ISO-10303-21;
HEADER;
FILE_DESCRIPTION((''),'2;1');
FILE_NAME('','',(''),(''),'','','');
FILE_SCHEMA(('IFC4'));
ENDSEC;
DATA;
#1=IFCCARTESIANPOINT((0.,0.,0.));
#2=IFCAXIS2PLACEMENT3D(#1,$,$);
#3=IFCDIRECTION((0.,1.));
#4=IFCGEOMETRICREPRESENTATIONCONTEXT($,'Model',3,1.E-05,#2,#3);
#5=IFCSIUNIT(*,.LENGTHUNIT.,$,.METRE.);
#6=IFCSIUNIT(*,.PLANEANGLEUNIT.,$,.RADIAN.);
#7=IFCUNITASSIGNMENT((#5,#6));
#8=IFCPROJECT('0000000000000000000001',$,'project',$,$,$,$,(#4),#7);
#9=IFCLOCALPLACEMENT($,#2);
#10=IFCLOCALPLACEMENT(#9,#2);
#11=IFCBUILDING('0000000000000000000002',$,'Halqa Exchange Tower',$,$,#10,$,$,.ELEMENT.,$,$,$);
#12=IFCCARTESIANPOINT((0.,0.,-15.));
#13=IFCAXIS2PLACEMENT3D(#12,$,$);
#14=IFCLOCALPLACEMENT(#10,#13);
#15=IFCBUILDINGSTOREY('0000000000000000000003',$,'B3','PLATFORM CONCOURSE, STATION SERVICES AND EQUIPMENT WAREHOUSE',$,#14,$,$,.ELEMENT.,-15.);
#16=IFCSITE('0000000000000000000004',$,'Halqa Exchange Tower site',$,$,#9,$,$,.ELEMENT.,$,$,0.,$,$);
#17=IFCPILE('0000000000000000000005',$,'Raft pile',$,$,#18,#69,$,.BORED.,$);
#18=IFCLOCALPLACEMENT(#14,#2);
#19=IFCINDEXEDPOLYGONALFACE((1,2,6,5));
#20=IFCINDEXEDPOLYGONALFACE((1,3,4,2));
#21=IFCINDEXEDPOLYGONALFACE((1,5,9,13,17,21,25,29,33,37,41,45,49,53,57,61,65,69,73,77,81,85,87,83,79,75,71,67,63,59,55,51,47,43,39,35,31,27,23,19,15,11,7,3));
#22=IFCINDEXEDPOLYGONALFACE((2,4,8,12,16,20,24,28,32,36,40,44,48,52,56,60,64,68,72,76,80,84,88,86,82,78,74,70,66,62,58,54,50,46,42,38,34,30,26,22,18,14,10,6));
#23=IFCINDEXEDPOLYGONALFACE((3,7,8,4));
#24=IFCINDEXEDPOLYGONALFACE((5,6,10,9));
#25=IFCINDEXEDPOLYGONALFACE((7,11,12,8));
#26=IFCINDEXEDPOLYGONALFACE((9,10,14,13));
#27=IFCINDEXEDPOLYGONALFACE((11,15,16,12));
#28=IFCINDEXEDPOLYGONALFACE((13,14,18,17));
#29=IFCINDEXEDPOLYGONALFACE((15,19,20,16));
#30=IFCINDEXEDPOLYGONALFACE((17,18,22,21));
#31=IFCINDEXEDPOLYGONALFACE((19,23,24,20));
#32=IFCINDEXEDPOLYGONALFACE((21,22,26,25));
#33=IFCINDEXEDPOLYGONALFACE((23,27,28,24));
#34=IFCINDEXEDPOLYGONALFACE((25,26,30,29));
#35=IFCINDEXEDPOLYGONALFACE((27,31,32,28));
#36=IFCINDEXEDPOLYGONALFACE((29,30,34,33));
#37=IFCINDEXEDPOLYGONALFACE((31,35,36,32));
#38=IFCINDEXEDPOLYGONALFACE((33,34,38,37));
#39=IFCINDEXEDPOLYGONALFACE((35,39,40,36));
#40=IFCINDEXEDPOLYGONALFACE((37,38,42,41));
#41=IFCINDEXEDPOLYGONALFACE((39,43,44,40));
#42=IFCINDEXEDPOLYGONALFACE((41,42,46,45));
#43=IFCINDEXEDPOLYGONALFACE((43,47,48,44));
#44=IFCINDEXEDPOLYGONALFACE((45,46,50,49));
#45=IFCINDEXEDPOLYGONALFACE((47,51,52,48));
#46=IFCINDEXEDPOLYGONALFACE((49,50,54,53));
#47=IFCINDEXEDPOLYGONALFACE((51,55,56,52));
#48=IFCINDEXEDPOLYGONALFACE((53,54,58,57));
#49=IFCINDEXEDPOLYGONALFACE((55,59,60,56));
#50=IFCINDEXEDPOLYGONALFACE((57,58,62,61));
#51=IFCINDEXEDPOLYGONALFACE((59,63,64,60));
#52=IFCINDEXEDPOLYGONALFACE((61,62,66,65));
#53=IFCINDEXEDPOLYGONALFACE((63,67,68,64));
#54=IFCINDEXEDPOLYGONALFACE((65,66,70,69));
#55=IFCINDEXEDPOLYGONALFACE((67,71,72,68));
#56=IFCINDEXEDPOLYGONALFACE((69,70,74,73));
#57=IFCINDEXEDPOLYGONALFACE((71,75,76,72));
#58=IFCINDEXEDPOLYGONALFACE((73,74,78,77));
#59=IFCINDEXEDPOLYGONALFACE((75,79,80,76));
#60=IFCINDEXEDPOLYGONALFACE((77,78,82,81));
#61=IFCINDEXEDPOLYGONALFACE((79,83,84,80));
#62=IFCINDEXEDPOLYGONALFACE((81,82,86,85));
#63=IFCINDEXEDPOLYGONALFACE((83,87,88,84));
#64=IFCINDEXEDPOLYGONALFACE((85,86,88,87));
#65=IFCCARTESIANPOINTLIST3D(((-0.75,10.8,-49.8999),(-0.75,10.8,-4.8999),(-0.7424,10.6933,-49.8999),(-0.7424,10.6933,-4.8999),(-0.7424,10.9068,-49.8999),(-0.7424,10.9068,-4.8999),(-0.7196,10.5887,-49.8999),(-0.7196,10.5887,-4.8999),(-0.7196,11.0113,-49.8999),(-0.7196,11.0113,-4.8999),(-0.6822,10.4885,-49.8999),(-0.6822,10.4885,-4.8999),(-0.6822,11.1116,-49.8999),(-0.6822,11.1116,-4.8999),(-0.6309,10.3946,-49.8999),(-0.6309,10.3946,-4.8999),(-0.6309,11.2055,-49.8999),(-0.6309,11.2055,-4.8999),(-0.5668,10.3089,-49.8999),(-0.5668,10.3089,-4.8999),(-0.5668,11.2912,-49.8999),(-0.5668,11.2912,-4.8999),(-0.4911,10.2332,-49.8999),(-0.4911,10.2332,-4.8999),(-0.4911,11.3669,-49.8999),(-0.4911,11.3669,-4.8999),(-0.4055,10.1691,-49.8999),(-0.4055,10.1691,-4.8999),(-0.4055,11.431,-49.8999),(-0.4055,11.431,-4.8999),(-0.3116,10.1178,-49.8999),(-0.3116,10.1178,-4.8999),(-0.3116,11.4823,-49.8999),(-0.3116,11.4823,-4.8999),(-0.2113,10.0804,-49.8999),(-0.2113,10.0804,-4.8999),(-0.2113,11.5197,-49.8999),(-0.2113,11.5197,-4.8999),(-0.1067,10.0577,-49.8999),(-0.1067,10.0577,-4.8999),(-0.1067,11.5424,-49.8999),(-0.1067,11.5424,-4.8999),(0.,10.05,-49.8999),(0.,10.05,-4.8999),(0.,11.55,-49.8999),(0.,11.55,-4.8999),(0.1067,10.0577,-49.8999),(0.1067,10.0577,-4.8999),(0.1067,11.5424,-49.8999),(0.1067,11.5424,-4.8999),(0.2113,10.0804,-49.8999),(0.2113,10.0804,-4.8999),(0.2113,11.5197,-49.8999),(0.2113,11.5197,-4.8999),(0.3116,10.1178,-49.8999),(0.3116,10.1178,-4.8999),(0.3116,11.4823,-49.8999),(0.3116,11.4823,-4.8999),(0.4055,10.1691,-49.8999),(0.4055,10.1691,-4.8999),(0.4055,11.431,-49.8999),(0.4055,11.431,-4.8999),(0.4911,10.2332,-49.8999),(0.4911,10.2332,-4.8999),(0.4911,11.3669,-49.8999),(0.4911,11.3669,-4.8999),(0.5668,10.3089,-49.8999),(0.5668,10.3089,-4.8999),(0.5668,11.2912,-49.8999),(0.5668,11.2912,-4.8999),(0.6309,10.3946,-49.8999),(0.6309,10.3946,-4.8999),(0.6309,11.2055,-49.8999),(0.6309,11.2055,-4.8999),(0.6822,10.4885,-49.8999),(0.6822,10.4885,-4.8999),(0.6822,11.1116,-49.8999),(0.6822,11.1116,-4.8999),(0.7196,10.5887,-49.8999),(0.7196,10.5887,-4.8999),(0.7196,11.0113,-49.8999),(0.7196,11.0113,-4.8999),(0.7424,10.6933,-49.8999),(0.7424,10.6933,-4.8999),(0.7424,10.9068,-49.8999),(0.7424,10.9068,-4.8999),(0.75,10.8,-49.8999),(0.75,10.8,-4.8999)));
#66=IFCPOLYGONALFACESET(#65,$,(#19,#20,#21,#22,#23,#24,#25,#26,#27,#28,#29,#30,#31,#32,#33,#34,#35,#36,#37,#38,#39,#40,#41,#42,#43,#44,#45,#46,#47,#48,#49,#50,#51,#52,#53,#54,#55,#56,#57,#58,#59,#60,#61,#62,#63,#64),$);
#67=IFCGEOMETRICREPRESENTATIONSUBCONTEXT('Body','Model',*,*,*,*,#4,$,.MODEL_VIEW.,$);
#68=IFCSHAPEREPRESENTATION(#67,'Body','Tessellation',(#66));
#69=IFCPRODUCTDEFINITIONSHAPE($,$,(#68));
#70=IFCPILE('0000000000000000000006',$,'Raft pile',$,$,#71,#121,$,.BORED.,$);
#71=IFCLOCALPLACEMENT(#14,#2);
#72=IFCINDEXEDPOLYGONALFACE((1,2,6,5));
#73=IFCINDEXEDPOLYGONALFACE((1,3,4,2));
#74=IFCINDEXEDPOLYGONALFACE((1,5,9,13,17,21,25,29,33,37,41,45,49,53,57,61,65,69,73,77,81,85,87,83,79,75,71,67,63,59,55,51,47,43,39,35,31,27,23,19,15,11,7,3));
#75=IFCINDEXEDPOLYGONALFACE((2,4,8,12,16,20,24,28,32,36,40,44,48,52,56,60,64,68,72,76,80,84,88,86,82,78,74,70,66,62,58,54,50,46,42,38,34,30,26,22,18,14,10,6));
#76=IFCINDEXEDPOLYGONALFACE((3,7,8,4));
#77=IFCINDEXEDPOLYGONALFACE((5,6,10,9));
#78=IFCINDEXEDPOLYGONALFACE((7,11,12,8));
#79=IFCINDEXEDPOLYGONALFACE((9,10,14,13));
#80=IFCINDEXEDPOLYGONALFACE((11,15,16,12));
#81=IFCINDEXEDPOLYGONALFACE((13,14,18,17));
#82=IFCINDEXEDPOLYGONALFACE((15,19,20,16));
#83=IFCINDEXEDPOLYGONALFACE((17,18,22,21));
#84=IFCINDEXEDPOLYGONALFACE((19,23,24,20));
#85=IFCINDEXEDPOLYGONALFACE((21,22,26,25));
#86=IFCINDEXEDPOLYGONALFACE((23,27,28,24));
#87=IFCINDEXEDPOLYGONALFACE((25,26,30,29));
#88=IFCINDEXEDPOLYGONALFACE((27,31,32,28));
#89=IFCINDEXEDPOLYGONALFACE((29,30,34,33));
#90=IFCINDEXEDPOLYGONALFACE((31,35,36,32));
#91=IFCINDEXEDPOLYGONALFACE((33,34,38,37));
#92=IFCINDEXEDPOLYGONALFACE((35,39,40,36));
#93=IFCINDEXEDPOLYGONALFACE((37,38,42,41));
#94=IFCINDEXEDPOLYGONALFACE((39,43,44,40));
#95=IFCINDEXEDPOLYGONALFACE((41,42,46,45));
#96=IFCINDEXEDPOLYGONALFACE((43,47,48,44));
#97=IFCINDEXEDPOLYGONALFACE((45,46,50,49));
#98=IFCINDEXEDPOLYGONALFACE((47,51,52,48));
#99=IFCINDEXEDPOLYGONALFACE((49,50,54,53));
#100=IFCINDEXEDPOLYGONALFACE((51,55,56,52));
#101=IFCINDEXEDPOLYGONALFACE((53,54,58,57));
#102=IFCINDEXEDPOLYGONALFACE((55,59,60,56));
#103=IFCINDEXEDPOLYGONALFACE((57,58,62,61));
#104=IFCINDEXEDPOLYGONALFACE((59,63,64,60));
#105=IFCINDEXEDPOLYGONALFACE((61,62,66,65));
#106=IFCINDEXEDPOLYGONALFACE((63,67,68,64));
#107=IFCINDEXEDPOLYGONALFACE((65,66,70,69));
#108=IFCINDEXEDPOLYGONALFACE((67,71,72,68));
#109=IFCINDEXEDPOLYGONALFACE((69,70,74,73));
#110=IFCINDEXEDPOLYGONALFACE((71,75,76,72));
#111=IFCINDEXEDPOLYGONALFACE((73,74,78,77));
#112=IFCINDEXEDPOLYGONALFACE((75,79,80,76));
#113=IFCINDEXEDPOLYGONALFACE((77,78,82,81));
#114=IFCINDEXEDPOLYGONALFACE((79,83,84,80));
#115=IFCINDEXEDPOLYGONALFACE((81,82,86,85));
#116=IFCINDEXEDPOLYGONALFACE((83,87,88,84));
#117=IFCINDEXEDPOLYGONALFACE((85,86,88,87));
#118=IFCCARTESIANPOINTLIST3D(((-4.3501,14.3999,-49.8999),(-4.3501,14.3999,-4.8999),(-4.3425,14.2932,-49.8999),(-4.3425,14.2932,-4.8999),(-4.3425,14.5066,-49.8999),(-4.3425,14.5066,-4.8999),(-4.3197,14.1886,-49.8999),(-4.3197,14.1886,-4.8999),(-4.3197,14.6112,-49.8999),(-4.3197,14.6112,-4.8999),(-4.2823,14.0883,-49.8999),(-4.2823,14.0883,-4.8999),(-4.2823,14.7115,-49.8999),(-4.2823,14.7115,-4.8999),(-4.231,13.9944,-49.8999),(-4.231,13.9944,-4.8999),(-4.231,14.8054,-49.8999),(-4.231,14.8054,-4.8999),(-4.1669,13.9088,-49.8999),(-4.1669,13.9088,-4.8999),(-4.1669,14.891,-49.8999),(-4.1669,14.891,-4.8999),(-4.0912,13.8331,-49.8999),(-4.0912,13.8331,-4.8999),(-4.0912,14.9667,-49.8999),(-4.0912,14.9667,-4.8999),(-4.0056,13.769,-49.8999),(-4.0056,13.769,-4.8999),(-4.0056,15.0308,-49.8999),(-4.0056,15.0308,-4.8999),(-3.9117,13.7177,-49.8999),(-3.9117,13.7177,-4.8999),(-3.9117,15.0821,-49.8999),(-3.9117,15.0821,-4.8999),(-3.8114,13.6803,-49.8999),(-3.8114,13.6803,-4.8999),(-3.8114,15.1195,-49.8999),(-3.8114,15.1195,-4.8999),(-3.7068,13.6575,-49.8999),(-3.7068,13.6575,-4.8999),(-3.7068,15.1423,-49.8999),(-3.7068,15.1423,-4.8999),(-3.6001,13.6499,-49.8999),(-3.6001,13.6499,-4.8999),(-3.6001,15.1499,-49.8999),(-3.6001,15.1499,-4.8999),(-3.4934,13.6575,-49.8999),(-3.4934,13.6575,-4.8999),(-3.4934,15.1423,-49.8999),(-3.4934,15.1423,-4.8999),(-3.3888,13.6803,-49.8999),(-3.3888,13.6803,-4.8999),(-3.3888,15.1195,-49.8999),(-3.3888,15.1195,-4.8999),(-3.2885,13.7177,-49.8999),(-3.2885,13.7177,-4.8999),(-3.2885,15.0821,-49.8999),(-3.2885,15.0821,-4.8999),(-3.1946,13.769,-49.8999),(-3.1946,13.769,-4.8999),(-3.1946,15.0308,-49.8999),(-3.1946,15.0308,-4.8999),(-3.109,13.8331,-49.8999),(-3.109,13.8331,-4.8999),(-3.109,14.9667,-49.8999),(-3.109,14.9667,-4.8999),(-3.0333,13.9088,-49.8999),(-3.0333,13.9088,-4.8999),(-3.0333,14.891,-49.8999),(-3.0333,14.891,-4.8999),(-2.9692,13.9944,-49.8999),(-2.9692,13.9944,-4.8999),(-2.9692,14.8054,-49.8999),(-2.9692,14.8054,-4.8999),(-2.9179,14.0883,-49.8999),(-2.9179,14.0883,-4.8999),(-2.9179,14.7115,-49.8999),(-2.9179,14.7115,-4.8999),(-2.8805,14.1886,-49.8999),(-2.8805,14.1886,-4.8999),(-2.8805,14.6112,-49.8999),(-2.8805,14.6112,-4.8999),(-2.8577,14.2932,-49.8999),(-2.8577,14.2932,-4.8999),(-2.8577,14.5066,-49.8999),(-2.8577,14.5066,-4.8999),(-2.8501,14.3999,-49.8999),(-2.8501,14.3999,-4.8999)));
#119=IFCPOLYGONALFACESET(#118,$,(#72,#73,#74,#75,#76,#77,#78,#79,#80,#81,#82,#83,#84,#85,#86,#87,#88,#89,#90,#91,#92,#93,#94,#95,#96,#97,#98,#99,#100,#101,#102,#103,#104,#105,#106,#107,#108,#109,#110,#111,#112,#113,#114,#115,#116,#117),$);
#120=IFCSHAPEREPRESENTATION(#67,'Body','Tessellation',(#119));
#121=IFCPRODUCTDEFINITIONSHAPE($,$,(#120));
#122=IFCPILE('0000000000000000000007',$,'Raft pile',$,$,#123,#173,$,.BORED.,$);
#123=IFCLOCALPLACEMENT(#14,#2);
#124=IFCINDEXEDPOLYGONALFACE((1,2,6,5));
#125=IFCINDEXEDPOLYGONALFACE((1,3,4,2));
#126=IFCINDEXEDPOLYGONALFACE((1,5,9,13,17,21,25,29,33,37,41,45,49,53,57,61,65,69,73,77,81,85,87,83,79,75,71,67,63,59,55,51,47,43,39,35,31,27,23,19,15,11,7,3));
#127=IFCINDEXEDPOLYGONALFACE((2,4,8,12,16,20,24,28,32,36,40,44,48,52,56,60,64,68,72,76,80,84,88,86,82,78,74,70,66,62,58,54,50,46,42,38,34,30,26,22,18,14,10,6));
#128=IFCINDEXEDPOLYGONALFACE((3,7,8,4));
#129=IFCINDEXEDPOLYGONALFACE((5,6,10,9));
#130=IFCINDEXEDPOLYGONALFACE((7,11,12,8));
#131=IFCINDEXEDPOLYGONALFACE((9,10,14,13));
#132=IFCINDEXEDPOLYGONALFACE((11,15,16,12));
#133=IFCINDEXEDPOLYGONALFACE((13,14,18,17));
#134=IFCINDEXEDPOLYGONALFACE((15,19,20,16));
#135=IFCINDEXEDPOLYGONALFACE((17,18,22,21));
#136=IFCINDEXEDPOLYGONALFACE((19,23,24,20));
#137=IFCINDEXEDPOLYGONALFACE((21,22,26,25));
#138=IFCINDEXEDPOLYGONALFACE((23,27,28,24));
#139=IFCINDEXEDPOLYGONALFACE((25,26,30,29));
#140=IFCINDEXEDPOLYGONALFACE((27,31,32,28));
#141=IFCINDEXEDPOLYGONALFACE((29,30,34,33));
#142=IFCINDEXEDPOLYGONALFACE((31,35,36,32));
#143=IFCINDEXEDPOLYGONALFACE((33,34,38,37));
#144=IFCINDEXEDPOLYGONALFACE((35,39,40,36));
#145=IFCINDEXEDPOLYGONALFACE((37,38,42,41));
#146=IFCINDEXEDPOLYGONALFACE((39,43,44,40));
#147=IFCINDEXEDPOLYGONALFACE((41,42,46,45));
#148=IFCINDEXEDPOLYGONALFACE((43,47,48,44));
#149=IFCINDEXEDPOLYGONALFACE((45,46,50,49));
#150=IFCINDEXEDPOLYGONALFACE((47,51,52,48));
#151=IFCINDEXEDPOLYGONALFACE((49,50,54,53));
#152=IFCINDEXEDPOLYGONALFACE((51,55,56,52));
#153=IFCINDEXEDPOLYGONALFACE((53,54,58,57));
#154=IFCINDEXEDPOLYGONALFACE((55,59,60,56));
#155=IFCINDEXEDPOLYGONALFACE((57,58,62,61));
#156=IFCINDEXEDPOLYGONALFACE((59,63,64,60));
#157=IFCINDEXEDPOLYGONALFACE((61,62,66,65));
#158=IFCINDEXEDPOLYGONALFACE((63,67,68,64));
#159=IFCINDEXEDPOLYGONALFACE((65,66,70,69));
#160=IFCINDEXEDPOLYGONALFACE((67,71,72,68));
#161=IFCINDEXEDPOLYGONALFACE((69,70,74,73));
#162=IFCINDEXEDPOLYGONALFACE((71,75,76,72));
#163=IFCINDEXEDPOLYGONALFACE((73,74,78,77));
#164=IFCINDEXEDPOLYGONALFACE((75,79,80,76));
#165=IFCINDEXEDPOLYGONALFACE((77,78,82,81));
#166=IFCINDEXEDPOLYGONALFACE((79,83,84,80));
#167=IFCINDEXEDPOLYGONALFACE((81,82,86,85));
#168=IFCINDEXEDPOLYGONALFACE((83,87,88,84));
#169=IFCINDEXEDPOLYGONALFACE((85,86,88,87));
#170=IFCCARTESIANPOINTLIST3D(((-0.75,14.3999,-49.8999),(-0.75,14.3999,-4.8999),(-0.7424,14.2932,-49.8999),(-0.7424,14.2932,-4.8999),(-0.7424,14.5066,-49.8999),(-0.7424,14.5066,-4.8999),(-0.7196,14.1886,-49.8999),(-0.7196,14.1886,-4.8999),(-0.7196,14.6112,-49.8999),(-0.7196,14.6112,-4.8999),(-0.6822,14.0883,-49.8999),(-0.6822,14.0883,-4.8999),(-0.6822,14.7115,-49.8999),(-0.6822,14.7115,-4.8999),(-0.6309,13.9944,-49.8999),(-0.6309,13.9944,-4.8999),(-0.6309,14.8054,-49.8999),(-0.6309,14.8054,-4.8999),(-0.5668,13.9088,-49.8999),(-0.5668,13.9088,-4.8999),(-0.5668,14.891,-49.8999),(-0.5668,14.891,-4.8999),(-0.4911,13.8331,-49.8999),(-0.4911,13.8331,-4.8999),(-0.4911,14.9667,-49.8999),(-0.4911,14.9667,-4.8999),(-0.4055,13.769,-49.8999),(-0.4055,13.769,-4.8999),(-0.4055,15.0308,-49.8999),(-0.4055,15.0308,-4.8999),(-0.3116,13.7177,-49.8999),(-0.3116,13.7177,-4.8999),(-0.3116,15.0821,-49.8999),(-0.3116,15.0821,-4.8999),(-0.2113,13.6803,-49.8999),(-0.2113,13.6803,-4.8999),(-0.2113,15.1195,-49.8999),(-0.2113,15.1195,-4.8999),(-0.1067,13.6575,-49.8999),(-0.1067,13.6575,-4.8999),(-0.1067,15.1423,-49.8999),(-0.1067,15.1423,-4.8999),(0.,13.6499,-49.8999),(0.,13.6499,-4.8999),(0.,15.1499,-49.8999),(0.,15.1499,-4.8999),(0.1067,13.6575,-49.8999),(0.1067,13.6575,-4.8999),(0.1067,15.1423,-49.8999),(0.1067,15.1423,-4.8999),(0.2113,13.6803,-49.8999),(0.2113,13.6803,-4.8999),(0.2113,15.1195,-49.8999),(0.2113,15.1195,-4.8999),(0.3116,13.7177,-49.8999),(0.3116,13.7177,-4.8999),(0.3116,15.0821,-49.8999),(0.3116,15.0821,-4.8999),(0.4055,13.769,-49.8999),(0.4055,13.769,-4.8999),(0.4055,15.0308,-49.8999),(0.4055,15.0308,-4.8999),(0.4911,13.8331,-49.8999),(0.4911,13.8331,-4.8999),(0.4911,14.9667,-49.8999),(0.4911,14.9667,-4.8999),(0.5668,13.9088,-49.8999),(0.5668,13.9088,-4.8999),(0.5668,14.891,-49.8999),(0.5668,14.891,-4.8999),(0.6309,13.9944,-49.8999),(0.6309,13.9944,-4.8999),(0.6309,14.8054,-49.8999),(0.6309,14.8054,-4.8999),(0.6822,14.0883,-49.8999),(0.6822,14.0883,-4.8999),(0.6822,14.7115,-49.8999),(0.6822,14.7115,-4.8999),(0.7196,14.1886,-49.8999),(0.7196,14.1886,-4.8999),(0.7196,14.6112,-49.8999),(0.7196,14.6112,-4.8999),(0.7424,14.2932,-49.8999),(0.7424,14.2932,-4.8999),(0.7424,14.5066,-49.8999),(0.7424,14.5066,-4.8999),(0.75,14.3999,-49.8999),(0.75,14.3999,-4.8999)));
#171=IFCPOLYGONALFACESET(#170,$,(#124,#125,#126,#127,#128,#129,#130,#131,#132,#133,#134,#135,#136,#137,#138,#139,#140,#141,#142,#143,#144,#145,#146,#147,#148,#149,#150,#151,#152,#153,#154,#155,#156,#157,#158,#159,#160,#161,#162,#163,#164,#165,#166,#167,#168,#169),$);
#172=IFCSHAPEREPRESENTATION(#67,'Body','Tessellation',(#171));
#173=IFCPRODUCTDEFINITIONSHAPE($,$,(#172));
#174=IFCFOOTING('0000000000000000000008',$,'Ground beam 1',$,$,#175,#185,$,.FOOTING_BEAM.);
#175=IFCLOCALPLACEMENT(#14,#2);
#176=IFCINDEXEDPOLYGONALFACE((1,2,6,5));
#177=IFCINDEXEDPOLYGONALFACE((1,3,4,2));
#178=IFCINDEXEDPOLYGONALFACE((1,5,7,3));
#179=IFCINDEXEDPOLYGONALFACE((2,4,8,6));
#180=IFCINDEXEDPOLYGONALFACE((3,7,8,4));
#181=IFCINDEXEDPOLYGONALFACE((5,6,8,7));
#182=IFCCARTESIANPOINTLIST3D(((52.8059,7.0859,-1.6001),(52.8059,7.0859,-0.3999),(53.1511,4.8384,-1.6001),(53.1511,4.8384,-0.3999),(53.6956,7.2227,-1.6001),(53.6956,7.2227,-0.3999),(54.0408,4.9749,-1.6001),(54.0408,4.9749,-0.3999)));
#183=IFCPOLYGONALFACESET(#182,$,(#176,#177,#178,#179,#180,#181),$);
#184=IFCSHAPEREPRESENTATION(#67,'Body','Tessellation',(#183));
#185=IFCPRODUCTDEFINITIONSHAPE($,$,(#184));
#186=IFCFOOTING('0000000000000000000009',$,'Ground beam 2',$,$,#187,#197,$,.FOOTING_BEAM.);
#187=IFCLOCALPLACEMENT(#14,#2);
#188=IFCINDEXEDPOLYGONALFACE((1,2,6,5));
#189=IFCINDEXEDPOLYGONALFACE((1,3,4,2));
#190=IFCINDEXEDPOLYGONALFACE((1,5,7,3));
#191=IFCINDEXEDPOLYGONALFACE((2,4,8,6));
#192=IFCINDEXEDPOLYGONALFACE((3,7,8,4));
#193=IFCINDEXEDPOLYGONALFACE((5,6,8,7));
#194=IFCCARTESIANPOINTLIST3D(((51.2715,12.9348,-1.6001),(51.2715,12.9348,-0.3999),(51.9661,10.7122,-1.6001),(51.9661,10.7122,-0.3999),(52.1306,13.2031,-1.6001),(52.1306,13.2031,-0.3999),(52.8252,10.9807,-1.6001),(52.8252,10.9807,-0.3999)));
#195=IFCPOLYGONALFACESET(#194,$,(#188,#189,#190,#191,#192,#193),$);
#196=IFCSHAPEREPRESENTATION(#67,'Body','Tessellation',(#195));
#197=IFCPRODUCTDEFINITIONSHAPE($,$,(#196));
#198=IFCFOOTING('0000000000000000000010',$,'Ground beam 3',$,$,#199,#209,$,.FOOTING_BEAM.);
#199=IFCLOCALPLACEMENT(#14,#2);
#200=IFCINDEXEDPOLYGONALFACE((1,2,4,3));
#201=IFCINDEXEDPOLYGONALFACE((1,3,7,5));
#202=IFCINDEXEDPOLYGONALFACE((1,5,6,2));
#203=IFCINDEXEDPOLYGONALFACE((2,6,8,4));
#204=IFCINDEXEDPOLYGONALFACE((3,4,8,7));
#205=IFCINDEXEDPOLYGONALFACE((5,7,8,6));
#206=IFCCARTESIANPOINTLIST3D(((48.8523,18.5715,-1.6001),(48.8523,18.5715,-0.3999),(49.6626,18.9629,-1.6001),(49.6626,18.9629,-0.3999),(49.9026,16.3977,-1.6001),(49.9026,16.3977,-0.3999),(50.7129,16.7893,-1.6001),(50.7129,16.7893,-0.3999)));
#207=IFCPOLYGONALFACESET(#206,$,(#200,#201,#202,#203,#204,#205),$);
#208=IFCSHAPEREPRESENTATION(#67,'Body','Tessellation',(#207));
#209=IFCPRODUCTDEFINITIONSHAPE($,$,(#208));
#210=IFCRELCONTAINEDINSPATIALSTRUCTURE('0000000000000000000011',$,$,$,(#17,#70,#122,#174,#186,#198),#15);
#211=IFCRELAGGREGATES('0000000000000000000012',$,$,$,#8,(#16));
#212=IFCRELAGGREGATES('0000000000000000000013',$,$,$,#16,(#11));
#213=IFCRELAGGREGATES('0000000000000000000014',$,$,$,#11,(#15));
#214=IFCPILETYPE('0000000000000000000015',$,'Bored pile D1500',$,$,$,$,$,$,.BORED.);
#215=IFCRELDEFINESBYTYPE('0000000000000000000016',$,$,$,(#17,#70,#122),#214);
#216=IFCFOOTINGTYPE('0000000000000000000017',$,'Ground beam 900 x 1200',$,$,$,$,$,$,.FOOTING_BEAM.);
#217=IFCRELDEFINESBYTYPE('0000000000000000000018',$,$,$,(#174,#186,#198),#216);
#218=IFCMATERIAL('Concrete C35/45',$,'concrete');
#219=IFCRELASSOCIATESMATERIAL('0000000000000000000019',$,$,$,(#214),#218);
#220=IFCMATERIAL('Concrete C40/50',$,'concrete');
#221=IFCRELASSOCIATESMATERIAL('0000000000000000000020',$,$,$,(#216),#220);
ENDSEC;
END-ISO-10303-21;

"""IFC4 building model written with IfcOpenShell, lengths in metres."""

from ifc_helpers import new_model, si_unit, direction, frame, origin, origin_2d, place, context, subcontext, project, spatial, polyline, circle, outline, extrude, material, material_profile, profile_set, type_object, element, save


model = new_model("IFC4")

# Units and contexts
model_context = context("Model", 3, precision=1e-05, world=origin(), true_north=direction((0.0, 1.0)))
body_context = subcontext(model_context, "Body", "Model", "MODEL_VIEW")
ifc_project = project(units=[si_unit("LENGTHUNIT", "METRE"), si_unit("PLANEANGLEUNIT", "RADIAN")], contexts=[model_context])

# Site, building, storey
site_placement = place(None, origin())
site = spatial("IfcSite", under=ifc_project, at=site_placement, Name="Halqa Exchange Tower site", CompositionType="ELEMENT", RefElevation=0.0)
building_placement = place(site_placement, origin())
building = spatial("IfcBuilding", under=site, at=building_placement, Name="Halqa Exchange Tower", CompositionType="ELEMENT")
storey_placement = place(building_placement, frame((0.0, 0.0, -15.0)))
storey = spatial("IfcBuildingStorey", under=building, at=storey_placement, Name="B3", Description="PLATFORM CONCOURSE, STATION SERVICES AND EQUIPMENT WAREHOUSE", CompositionType="ELEMENT", Elevation=-15.0)

# Piles
ifc_material_1 = material(Name="Concrete C35/45", Category="concrete")
ifc_material_profile = material_profile(ifc_material_1, circle(Radius=0.75, at=origin_2d()), Name="D1500")
ifc_profile_set = profile_set([ifc_material_profile], Name="Concrete C35/45")
pile_type = type_object("IfcPileType", Name="Bored pile D1500", PredefinedType="BORED", material=ifc_profile_set)
for number, where, z_axis, x_axis, name in (
    (1, (0.0, 10.8, -4.8999), (0.0, 0.0, -1.0), (1.0, 0.0, 0.0), "Raft pile"),
    (2, (-3.6001, 14.3999, -4.8999), (0.0, 0.0, -1.0), (1.0, 0.0, 0.0), "Raft pile"),
    (3, (0.0, 14.3999, -4.8999), (0.0, 0.0, -1.0), (1.0, 0.0, 0.0), "Raft pile"),
):
    element("IfcPile", number, at=place(storey_placement, frame(where, z_axis=z_axis, x_axis=x_axis)), inside=storey, type_object=pile_type, Name=name, PredefinedType="BORED", context=body_context, shape_type="SweptSolid", body=[
        extrude(circle(Radius=0.75, at=origin_2d()), origin(), (0.0, 0.0, 1.0), 45.0),
    ])

# Footings
ifc_material_2 = material(Name="Concrete C40/50", Category="concrete")
footing_type_1 = type_object("IfcFootingType", Name="Ground beam 900 x 1200", PredefinedType="FOOTING_BEAM", material=ifc_material_2)
footing_1_placement = place(storey_placement, frame((0.0, 0.0, -1.6001)))
element("IfcFooting", 4, at=footing_1_placement, inside=storey, type_object=footing_type_1, Name="Ground beam 1", PredefinedType="FOOTING_BEAM", context=body_context, shape_type="SweptSolid", body=[
    extrude(outline(polyline([(53.1511, 4.8384), (52.8059, 7.0859), (53.6956, 7.2227), (54.0408, 4.9749), (53.1511, 4.8384)])), origin(), (0.0, 0.0, 1.0), 1.2002),
])
footing_2_placement = place(storey_placement, frame((0.0, 0.0, -1.6001)))
element("IfcFooting", 5, at=footing_2_placement, inside=storey, type_object=footing_type_1, Name="Ground beam 2", PredefinedType="FOOTING_BEAM", context=body_context, shape_type="SweptSolid", body=[
    extrude(outline(polyline([(51.9661, 10.7122), (51.2715, 12.9348), (52.1306, 13.2031), (52.8252, 10.9807), (51.9661, 10.7122)])), origin(), (0.0, 0.0, 1.0), 1.2002),
])
footing_3_placement = place(storey_placement, frame((0.0, 0.0, -1.6001)))
element("IfcFooting", 6, at=footing_3_placement, inside=storey, type_object=footing_type_1, Name="Ground beam 3", PredefinedType="FOOTING_BEAM", context=body_context, shape_type="SweptSolid", body=[
    extrude(outline(polyline([(49.9026, 16.3977), (48.8523, 18.5715), (49.6626, 18.9629), (50.7129, 16.7893), (49.9026, 16.3977)])), origin(), (0.0, 0.0, 1.0), 1.2002),
])

save(model, "model.ifc")
